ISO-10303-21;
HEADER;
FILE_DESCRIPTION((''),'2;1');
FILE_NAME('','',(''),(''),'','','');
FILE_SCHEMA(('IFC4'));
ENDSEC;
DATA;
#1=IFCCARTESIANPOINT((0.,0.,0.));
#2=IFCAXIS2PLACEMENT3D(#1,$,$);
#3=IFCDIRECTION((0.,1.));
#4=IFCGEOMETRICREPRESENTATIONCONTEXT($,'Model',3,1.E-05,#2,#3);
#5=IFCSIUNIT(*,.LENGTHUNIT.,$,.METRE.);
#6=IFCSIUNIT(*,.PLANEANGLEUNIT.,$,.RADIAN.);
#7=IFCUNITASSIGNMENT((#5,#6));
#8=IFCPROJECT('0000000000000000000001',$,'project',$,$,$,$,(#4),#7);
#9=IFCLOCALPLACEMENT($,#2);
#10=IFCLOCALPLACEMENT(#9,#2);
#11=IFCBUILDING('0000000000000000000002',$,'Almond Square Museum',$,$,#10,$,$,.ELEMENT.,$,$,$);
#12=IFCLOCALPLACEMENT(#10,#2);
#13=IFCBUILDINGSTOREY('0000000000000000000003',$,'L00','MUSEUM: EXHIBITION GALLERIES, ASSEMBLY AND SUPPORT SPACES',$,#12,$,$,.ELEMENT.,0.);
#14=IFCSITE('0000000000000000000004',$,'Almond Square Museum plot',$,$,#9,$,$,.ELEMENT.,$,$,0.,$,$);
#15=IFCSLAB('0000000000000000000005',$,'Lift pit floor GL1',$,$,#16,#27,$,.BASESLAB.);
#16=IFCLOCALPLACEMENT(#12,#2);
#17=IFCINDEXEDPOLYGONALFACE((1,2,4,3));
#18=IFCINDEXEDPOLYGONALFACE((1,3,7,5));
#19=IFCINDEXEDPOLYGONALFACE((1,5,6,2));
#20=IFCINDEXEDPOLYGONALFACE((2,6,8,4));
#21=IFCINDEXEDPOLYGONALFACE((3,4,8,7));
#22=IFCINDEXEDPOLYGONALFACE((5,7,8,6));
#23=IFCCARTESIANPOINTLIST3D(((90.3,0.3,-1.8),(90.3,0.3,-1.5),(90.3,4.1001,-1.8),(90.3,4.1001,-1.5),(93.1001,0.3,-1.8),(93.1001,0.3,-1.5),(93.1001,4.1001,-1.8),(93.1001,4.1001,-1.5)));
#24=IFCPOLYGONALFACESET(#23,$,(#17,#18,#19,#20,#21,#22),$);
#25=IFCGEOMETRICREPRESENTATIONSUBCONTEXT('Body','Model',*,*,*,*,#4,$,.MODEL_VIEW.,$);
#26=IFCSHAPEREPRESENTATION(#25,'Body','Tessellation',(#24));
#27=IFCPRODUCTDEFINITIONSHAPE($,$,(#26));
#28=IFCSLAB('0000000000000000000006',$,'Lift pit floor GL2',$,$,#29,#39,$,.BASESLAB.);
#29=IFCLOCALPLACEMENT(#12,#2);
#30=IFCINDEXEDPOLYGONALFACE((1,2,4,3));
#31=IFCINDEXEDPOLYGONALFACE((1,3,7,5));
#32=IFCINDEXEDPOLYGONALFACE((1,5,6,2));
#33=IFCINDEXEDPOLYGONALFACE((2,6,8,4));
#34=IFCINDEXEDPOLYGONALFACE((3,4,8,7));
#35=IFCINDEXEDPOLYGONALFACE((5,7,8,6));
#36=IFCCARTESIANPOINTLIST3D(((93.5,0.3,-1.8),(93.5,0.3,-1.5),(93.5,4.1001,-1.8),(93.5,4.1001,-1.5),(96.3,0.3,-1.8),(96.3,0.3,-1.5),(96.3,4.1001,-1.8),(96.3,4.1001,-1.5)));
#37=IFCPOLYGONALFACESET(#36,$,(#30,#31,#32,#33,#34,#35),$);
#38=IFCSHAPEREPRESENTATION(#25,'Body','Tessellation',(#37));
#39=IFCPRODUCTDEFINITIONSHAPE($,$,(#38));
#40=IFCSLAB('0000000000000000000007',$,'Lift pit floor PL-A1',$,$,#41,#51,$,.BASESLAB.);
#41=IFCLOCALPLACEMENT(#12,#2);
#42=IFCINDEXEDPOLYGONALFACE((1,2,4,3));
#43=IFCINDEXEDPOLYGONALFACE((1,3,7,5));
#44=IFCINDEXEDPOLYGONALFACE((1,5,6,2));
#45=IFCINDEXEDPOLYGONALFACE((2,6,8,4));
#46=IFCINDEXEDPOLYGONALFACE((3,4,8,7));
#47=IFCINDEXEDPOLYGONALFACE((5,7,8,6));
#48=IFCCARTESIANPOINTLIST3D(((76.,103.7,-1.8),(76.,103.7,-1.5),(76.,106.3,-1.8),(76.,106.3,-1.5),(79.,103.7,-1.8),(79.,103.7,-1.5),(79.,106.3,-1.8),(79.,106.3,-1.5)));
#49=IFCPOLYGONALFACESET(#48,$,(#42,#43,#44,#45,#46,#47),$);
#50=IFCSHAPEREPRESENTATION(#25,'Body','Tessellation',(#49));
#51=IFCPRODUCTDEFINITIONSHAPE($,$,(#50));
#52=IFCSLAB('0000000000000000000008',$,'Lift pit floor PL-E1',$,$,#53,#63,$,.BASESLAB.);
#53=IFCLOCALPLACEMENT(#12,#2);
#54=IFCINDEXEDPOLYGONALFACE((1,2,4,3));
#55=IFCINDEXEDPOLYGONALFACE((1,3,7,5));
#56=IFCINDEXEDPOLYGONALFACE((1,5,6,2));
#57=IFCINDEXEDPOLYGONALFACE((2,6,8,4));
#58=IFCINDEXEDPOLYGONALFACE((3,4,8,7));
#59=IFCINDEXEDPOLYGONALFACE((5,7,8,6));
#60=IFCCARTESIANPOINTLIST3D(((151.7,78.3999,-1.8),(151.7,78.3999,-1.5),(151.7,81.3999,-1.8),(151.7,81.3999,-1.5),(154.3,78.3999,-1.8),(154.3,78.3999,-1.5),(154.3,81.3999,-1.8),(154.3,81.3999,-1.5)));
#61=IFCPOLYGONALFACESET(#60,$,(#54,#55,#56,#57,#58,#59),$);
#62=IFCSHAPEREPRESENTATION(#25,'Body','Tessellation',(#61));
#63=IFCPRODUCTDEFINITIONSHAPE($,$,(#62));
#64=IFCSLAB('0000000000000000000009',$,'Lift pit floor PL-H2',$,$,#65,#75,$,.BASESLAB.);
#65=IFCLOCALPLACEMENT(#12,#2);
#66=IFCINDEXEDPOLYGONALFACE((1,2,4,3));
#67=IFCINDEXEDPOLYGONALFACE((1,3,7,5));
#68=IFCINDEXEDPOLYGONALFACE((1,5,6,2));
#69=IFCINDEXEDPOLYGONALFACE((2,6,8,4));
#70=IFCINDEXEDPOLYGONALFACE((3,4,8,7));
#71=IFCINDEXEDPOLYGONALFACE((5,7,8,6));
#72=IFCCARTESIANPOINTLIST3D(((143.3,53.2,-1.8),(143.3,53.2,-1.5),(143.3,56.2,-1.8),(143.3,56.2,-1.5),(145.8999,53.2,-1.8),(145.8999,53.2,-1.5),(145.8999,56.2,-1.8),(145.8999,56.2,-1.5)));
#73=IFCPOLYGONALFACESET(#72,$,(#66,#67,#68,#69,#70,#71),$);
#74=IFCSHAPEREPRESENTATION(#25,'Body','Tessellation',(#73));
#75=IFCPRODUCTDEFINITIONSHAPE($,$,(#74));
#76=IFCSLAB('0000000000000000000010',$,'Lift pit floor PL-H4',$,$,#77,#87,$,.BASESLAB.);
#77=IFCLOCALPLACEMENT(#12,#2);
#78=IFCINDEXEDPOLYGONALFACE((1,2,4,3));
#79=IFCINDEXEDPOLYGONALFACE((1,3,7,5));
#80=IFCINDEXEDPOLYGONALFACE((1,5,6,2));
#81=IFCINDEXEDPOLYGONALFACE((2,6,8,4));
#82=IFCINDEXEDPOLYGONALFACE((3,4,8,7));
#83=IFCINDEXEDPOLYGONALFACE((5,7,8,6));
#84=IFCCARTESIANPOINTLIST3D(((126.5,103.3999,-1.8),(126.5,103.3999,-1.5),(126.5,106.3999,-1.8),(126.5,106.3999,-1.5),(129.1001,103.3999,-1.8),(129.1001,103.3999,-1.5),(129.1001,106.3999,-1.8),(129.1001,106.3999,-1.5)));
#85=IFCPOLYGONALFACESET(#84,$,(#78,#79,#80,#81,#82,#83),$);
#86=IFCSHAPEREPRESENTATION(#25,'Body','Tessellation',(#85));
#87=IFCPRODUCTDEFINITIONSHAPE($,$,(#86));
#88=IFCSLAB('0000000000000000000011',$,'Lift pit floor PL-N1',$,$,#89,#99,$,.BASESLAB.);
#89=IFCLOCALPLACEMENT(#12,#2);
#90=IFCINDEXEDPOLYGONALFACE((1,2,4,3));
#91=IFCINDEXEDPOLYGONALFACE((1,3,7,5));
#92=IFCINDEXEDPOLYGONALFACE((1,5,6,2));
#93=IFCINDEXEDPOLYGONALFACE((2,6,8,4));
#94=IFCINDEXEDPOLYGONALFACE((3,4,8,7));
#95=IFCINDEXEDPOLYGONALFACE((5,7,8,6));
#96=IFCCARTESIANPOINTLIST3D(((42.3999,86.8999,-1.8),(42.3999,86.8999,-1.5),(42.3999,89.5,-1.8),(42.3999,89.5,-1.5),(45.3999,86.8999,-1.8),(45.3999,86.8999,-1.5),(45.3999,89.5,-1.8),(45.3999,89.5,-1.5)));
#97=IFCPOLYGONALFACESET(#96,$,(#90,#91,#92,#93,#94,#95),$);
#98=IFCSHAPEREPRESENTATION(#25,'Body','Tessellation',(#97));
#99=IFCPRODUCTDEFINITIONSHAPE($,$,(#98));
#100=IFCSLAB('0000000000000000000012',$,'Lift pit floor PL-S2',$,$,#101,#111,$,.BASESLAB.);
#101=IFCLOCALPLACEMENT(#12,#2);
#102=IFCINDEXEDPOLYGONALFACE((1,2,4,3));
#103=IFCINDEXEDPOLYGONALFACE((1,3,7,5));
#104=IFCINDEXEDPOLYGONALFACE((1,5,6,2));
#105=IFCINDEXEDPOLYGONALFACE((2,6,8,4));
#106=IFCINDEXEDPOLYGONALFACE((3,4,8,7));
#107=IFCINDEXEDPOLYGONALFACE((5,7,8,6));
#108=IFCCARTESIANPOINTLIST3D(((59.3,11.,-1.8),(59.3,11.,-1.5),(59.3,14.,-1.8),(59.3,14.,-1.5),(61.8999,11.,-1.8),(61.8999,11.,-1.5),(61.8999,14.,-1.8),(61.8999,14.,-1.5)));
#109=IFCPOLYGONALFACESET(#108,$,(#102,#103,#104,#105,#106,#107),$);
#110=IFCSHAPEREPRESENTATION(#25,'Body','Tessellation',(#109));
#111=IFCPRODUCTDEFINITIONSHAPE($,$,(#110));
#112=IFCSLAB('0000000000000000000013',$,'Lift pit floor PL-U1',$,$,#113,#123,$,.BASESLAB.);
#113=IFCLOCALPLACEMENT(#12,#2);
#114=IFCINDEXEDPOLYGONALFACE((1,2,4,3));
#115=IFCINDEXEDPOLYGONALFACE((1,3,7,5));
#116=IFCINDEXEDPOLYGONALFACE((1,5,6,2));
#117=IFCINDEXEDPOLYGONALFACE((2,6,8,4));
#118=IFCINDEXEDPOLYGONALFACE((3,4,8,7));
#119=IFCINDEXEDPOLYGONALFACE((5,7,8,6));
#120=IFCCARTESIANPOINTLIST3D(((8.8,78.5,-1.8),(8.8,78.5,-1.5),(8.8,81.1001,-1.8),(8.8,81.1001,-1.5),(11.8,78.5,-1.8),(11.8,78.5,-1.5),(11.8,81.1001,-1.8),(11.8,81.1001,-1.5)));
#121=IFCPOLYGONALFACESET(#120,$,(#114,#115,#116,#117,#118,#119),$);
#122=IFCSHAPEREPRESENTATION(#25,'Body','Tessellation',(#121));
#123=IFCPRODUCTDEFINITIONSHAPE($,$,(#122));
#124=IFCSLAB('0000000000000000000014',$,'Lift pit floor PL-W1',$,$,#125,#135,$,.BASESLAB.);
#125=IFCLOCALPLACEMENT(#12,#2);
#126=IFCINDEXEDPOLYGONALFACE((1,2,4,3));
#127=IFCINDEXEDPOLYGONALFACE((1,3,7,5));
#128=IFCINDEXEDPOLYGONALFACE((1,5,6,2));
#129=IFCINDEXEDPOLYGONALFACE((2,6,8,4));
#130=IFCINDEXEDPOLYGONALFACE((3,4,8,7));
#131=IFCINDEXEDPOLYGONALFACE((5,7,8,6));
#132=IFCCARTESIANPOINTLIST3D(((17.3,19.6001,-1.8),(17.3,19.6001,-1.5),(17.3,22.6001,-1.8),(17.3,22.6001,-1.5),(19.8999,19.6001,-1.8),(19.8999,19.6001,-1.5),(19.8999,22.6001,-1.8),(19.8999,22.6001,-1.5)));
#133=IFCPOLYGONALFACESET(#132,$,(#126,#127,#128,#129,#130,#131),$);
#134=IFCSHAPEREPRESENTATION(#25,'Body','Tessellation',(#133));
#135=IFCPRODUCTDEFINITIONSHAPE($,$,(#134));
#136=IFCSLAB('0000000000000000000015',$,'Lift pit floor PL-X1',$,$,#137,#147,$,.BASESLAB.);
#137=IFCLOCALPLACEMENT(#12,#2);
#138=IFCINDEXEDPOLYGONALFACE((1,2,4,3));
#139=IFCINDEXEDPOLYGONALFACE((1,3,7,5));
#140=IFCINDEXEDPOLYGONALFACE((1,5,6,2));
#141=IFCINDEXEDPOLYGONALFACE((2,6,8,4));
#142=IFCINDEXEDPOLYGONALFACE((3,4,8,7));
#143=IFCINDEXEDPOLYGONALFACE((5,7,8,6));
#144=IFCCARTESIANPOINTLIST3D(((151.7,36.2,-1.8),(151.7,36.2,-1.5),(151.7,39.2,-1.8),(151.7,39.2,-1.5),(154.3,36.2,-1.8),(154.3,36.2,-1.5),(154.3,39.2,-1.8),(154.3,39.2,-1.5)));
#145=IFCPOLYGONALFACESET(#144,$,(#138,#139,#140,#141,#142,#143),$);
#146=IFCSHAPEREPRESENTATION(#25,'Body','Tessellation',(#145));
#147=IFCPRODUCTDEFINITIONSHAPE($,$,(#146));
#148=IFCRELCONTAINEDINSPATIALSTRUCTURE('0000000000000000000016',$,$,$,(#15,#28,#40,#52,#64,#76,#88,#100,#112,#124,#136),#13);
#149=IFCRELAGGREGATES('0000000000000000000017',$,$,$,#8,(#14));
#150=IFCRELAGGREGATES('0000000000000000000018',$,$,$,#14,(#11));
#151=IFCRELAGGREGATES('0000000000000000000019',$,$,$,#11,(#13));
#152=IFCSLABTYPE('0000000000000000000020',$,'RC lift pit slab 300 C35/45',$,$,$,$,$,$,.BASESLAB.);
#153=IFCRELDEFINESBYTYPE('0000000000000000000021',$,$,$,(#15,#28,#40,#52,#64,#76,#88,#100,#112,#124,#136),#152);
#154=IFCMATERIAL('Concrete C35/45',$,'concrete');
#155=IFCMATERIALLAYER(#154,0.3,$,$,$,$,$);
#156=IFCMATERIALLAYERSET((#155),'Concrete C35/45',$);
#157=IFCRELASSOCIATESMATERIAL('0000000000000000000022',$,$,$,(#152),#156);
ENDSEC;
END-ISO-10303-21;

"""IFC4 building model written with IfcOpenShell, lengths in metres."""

from ifc_helpers import new_model, si_unit, direction, frame, origin, place, context, subcontext, project, spatial, polyline, outline, extrude, material, layer, layer_set, type_object, element, save


model = new_model("IFC4")

# Units and contexts
model_context = context("Model", 3, precision=1e-05, world=origin(), true_north=direction((0.0, 1.0)))
body_context = subcontext(model_context, "Body", "Model", "MODEL_VIEW")
ifc_project = project(units=[si_unit("LENGTHUNIT", "METRE"), si_unit("PLANEANGLEUNIT", "RADIAN")], contexts=[model_context])

# Site, building, storey
site_placement = place(None, origin())
site = spatial("IfcSite", under=ifc_project, at=site_placement, Name="Almond Square Museum plot", CompositionType="ELEMENT", RefElevation=0.0)
building_placement = place(site_placement, origin())
building = spatial("IfcBuilding", under=site, at=building_placement, Name="Almond Square Museum", CompositionType="ELEMENT")
storey_placement = place(building_placement, origin())
storey = spatial("IfcBuildingStorey", under=building, at=storey_placement, Name="L00", Description="MUSEUM: EXHIBITION GALLERIES, ASSEMBLY AND SUPPORT SPACES", CompositionType="ELEMENT", Elevation=0.0)

# Slabs
ifc_material_1 = material(Name="Concrete C35/45", Category="concrete")
ifc_layer_1 = layer(ifc_material_1, 0.3)
ifc_layer_set_1 = layer_set([ifc_layer_1], Name="Concrete C35/45")
slab_type_1 = type_object("IfcSlabType", Name="RC lift pit slab 300 C35/45", PredefinedType="BASESLAB", material=ifc_layer_set_1)
slab_1_placement = place(storey_placement, frame((0.0, 0.0, -1.8)))
element("IfcSlab", 1, at=slab_1_placement, inside=storey, type_object=slab_type_1, Name="Lift pit floor GL1", PredefinedType="BASESLAB", context=body_context, shape_type="SweptSolid", body=[
    extrude(outline(polyline([(90.3, 0.3), (93.1001, 0.3), (93.1001, 4.1001), (90.3, 4.1001), (90.3, 0.3)])), origin(), (0.0, 0.0, 1.0), 0.3),
])
slab_2_placement = place(storey_placement, frame((0.0, 0.0, -1.8)))
element("IfcSlab", 2, at=slab_2_placement, inside=storey, type_object=slab_type_1, Name="Lift pit floor GL2", PredefinedType="BASESLAB", context=body_context, shape_type="SweptSolid", body=[
    extrude(outline(polyline([(93.5, 0.3), (96.3, 0.3), (96.3, 4.1001), (93.5, 4.1001), (93.5, 0.3)])), origin(), (0.0, 0.0, 1.0), 0.3),
])
slab_3_placement = place(storey_placement, frame((0.0, 0.0, -1.8)))
element("IfcSlab", 3, at=slab_3_placement, inside=storey, type_object=slab_type_1, Name="Lift pit floor PL-A1", PredefinedType="BASESLAB", context=body_context, shape_type="SweptSolid", body=[
    extrude(outline(polyline([(76.0, 103.7), (79.0, 103.7), (79.0, 106.3), (76.0, 106.3), (76.0, 103.7)])), origin(), (0.0, 0.0, 1.0), 0.3),
])
slab_4_placement = place(storey_placement, frame((0.0, 0.0, -1.8)))
element("IfcSlab", 4, at=slab_4_placement, inside=storey, type_object=slab_type_1, Name="Lift pit floor PL-E1", PredefinedType="BASESLAB", context=body_context, shape_type="SweptSolid", body=[
    extrude(outline(polyline([(151.7, 78.3999), (154.3, 78.3999), (154.3, 81.3999), (151.7, 81.3999), (151.7, 78.3999)])), origin(), (0.0, 0.0, 1.0), 0.3),
])
slab_5_placement = place(storey_placement, frame((0.0, 0.0, -1.8)))
element("IfcSlab", 5, at=slab_5_placement, inside=storey, type_object=slab_type_1, Name="Lift pit floor PL-H2", PredefinedType="BASESLAB", context=body_context, shape_type="SweptSolid", body=[
    extrude(outline(polyline([(143.3, 53.2), (145.8999, 53.2), (145.8999, 56.2), (143.3, 56.2), (143.3, 53.2)])), origin(), (0.0, 0.0, 1.0), 0.3),
])
slab_6_placement = place(storey_placement, frame((0.0, 0.0, -1.8)))
element("IfcSlab", 6, at=slab_6_placement, inside=storey, type_object=slab_type_1, Name="Lift pit floor PL-H4", PredefinedType="BASESLAB", context=body_context, shape_type="SweptSolid", body=[
    extrude(outline(polyline([(126.5, 103.3999), (129.1001, 103.3999), (129.1001, 106.3999), (126.5, 106.3999), (126.5, 103.3999)])), origin(), (0.0, 0.0, 1.0), 0.3),
])
slab_7_placement = place(storey_placement, frame((0.0, 0.0, -1.8)))
element("IfcSlab", 7, at=slab_7_placement, inside=storey, type_object=slab_type_1, Name="Lift pit floor PL-N1", PredefinedType="BASESLAB", context=body_context, shape_type="SweptSolid", body=[
    extrude(outline(polyline([(42.3999, 86.8999), (45.3999, 86.8999), (45.3999, 89.5), (42.3999, 89.5), (42.3999, 86.8999)])), origin(), (0.0, 0.0, 1.0), 0.3),
])
slab_8_placement = place(storey_placement, frame((0.0, 0.0, -1.8)))
element("IfcSlab", 8, at=slab_8_placement, inside=storey, type_object=slab_type_1, Name="Lift pit floor PL-S2", PredefinedType="BASESLAB", context=body_context, shape_type="SweptSolid", body=[
    extrude(outline(polyline([(59.3, 11.0), (61.8999, 11.0), (61.8999, 14.0), (59.3, 14.0), (59.3, 11.0)])), origin(), (0.0, 0.0, 1.0), 0.3),
])
slab_9_placement = place(storey_placement, frame((0.0, 0.0, -1.8)))
element("IfcSlab", 9, at=slab_9_placement, inside=storey, type_object=slab_type_1, Name="Lift pit floor PL-U1", PredefinedType="BASESLAB", context=body_context, shape_type="SweptSolid", body=[
    extrude(outline(polyline([(8.8, 78.5), (11.8, 78.5), (11.8, 81.1001), (8.8, 81.1001), (8.8, 78.5)])), origin(), (0.0, 0.0, 1.0), 0.3),
])
slab_10_placement = place(storey_placement, frame((0.0, 0.0, -1.8)))
element("IfcSlab", 10, at=slab_10_placement, inside=storey, type_object=slab_type_1, Name="Lift pit floor PL-W1", PredefinedType="BASESLAB", context=body_context, shape_type="SweptSolid", body=[
    extrude(outline(polyline([(17.3, 19.6001), (19.8999, 19.6001), (19.8999, 22.6001), (17.3, 22.6001), (17.3, 19.6001)])), origin(), (0.0, 0.0, 1.0), 0.3),
])
slab_11_placement = place(storey_placement, frame((0.0, 0.0, -1.8)))
element("IfcSlab", 11, at=slab_11_placement, inside=storey, type_object=slab_type_1, Name="Lift pit floor PL-X1", PredefinedType="BASESLAB", context=body_context, shape_type="SweptSolid", body=[
    extrude(outline(polyline([(151.7, 36.2), (154.3, 36.2), (154.3, 39.2), (151.7, 39.2), (151.7, 36.2)])), origin(), (0.0, 0.0, 1.0), 0.3),
])

save(model, "model.ifc")
